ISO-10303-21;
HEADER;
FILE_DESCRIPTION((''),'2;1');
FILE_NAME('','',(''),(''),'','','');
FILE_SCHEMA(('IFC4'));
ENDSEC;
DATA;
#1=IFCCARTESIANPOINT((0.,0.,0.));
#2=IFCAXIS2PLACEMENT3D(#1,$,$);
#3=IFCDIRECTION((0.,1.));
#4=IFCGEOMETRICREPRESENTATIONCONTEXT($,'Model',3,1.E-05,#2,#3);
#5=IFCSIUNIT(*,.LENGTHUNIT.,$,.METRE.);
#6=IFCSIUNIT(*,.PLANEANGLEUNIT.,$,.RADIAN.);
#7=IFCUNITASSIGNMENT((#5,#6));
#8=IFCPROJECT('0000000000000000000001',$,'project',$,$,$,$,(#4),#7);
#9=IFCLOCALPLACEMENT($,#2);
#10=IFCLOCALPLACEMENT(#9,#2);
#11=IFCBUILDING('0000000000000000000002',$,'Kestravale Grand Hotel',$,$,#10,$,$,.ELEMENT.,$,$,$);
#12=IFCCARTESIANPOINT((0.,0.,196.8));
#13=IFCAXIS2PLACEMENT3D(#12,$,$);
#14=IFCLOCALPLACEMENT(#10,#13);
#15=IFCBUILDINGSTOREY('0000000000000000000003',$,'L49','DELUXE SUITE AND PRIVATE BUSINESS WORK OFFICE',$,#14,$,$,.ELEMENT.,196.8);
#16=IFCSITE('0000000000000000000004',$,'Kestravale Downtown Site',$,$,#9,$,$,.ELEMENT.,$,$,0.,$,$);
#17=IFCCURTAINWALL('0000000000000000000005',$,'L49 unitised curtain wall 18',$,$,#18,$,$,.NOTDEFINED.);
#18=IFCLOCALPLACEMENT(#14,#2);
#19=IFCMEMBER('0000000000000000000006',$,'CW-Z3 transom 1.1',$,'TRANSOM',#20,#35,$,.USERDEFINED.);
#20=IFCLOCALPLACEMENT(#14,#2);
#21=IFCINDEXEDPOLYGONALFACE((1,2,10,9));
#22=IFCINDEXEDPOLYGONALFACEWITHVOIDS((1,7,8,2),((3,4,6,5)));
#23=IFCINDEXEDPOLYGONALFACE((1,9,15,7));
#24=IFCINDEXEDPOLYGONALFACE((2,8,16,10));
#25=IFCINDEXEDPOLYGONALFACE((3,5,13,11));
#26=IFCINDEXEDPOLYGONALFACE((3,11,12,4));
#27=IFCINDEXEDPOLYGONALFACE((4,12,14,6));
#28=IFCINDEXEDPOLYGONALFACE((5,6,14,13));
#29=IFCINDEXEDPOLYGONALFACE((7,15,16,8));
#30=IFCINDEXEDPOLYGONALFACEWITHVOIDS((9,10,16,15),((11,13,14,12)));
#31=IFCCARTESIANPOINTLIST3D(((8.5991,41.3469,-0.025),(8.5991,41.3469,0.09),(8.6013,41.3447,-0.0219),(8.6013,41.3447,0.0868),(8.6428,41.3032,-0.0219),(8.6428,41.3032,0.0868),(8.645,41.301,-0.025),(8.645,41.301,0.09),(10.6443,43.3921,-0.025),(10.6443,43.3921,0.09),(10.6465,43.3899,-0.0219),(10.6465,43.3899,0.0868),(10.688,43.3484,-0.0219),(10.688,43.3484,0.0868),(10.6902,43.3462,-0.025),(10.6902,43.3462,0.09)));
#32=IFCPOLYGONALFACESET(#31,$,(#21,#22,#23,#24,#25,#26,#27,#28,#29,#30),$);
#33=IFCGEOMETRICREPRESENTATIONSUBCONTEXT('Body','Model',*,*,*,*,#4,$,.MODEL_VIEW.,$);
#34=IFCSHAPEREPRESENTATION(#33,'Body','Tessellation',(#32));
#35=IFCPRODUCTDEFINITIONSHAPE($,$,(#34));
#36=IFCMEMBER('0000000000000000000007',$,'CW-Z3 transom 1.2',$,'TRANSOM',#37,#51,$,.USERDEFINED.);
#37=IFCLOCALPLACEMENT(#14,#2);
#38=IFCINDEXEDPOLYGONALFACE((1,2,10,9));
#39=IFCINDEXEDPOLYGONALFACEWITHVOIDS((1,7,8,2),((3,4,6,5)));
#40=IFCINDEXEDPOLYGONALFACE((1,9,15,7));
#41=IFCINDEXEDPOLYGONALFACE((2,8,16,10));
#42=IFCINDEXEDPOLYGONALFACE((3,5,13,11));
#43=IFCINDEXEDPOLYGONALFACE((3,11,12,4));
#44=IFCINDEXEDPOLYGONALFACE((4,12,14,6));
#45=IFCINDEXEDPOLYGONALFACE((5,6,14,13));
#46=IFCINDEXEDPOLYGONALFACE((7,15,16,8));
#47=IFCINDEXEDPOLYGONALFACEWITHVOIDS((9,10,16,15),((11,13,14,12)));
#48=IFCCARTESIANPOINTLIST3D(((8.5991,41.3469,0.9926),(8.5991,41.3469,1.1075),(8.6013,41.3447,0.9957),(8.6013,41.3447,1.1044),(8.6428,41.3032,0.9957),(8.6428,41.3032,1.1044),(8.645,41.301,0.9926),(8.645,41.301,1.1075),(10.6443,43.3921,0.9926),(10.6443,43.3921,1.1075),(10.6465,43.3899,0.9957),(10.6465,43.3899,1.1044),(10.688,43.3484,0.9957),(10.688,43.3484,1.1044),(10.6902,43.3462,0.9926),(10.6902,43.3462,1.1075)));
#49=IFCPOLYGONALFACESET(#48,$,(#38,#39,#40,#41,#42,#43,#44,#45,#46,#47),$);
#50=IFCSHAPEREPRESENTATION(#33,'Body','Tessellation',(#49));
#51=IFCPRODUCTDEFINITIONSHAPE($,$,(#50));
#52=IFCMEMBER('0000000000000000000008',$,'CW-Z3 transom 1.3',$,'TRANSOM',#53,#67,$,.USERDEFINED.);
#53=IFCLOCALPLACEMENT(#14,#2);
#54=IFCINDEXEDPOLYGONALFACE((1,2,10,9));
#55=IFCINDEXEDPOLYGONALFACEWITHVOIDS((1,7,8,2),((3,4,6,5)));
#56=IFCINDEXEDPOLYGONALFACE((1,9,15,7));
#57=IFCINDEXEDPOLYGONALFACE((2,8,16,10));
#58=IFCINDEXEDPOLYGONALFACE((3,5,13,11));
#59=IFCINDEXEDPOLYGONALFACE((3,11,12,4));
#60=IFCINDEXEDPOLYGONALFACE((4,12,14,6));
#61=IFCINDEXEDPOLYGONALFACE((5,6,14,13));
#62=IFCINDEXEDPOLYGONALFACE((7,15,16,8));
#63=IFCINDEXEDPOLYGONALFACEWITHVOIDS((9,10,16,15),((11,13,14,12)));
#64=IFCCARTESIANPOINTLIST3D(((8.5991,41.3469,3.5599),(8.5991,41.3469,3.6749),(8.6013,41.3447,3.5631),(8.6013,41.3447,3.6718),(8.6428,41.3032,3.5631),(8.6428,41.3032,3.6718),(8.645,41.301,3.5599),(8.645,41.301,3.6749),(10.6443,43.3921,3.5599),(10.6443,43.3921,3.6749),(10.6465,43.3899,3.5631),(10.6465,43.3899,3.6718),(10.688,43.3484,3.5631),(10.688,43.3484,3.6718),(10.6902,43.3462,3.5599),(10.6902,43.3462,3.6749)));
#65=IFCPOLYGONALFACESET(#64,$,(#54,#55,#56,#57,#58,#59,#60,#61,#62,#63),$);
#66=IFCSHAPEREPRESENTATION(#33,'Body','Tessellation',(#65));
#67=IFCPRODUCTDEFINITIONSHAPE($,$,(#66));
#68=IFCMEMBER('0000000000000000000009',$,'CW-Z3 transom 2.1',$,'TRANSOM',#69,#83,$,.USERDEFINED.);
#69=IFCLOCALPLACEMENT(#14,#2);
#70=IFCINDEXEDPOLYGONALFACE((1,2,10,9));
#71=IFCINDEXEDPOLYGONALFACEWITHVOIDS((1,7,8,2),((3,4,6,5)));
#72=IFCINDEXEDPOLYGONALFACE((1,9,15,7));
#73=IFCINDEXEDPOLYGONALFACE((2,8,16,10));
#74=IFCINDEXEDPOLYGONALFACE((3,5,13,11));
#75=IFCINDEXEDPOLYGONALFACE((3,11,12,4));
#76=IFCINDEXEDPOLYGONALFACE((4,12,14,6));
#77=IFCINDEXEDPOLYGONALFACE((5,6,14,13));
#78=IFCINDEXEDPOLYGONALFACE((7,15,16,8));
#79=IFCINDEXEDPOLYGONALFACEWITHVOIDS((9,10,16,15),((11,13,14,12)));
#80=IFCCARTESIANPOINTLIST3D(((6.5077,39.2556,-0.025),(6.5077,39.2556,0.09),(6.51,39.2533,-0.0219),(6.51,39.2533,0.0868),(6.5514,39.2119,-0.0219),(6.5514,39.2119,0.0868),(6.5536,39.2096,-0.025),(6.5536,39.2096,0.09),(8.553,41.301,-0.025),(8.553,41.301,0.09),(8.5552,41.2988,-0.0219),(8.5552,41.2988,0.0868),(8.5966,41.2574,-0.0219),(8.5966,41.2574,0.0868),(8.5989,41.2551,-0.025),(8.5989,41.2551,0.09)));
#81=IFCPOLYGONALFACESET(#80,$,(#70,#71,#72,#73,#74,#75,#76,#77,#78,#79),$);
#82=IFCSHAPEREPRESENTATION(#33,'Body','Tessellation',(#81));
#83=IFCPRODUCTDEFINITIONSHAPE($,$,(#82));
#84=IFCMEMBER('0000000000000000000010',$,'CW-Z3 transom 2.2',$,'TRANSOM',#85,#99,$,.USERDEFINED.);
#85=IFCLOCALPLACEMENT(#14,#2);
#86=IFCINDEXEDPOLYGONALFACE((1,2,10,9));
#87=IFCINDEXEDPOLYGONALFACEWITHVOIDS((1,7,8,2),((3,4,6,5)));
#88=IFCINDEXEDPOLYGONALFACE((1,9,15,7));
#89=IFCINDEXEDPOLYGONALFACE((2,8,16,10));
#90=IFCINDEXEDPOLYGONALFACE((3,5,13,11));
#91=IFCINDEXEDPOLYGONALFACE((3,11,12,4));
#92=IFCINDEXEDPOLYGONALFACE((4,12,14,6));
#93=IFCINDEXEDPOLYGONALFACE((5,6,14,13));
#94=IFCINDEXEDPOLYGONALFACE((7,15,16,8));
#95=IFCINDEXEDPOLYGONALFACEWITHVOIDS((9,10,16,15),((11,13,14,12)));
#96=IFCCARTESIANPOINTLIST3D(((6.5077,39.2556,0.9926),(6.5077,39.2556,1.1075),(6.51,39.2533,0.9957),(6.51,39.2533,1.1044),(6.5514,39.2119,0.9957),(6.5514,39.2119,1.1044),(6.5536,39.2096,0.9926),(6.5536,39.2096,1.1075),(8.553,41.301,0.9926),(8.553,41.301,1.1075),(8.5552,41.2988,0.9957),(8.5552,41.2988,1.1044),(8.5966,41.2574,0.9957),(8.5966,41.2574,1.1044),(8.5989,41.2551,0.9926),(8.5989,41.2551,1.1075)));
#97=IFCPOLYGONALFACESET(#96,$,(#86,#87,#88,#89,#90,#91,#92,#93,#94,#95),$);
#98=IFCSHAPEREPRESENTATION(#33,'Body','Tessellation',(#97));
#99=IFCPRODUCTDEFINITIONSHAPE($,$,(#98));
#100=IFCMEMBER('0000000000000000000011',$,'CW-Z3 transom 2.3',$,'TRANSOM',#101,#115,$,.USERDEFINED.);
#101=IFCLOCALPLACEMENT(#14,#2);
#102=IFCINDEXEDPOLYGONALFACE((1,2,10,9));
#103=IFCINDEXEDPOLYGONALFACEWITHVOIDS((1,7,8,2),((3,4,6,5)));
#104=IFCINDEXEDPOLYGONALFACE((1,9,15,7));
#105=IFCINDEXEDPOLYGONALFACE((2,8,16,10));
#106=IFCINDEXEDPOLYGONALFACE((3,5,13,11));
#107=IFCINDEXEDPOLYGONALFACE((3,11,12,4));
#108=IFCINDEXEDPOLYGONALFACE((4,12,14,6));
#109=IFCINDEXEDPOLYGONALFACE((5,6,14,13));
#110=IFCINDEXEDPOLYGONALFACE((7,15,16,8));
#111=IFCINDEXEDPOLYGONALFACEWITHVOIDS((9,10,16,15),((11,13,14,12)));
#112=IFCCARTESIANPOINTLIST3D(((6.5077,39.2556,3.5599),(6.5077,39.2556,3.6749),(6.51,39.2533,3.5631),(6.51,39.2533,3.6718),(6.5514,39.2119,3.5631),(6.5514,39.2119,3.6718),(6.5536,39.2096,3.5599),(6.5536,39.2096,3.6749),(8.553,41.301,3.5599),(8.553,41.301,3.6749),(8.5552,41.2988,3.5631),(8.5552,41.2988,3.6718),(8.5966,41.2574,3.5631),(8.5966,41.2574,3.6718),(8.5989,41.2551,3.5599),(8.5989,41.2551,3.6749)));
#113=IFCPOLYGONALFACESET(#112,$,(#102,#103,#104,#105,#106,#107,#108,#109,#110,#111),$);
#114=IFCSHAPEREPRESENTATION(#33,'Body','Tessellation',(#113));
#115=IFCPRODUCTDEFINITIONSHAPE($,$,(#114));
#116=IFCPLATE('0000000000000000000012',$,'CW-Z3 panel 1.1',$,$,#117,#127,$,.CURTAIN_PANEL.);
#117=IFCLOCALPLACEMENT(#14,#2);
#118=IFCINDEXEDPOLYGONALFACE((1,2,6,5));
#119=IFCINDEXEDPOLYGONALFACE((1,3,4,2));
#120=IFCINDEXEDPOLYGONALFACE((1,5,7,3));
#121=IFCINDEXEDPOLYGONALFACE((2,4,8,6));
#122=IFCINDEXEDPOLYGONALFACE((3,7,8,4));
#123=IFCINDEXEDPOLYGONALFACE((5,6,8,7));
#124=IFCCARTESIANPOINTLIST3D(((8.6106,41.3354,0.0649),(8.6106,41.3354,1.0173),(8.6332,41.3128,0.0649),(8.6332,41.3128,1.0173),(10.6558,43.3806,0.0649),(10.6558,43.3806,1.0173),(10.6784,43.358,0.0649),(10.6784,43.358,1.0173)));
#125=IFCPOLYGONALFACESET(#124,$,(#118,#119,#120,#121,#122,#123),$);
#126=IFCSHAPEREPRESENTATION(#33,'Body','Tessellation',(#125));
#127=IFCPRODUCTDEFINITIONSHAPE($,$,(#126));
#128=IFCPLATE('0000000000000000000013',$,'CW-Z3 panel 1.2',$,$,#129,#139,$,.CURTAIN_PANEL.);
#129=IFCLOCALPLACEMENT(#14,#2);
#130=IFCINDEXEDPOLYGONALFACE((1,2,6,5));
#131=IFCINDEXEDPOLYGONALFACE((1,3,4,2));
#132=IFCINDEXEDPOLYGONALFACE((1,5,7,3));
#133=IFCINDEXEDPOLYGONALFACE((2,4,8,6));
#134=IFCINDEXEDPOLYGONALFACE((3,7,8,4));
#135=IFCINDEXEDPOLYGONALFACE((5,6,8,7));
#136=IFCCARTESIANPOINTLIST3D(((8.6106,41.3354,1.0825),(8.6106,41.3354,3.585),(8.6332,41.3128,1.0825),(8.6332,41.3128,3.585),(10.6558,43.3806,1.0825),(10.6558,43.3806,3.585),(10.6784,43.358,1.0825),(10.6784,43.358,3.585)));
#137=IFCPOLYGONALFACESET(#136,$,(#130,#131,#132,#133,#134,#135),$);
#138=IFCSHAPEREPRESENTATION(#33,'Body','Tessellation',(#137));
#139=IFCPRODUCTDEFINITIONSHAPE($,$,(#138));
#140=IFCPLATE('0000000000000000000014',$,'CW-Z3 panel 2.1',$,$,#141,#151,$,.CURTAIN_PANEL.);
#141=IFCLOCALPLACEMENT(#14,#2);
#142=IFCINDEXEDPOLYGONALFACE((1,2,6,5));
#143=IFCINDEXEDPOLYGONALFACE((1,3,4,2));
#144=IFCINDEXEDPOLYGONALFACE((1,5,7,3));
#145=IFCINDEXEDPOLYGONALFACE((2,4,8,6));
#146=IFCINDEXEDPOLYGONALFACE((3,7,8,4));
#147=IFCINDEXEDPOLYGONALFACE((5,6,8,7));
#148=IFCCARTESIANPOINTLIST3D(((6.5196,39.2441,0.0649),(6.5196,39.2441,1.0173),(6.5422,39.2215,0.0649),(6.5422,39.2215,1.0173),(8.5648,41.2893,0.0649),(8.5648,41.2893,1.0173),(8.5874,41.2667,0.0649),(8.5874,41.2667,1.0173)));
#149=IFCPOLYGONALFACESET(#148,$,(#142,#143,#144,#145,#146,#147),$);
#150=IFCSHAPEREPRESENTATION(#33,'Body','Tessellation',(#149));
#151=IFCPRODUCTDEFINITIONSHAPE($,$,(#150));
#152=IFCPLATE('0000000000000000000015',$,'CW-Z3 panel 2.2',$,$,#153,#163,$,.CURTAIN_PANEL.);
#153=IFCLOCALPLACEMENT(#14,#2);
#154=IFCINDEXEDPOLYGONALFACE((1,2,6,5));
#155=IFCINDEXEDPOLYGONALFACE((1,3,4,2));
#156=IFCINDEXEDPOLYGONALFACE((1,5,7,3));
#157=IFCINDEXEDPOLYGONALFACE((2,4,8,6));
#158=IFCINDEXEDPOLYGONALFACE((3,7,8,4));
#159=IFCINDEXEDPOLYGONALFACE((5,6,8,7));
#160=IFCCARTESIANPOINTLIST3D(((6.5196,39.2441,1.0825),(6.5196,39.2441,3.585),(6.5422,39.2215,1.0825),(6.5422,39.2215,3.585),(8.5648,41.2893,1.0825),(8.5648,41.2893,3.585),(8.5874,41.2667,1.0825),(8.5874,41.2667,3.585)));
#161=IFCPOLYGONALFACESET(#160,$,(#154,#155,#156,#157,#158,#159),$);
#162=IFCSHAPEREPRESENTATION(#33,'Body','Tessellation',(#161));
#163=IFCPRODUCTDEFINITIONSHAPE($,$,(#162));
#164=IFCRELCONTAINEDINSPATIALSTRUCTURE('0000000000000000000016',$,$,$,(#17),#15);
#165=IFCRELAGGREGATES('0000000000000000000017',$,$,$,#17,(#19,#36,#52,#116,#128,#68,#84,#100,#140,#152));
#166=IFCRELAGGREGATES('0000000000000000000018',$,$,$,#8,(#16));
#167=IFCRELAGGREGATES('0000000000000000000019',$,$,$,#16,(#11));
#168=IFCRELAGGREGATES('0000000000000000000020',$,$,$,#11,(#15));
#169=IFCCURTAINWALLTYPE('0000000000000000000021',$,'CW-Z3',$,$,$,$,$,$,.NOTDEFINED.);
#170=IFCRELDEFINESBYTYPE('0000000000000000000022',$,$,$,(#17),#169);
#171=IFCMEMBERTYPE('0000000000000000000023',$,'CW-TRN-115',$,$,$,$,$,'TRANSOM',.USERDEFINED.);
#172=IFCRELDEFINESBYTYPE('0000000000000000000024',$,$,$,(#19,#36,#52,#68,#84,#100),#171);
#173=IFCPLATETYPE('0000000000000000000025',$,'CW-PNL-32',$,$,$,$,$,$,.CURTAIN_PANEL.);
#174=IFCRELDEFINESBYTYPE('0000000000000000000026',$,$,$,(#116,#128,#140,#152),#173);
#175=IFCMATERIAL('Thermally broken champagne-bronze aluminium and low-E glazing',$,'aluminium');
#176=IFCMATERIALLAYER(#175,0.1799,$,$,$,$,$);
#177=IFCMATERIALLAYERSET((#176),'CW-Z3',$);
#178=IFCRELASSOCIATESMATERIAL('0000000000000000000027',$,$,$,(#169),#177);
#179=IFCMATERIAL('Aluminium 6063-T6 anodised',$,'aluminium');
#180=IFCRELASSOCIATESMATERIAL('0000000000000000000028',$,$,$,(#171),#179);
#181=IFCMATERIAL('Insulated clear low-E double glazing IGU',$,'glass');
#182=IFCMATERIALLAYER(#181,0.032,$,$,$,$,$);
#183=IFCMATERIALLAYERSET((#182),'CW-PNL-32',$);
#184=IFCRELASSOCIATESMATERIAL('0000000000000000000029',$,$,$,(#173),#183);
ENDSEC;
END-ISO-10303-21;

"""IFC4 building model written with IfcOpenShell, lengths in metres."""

from ifc_helpers import new_model, si_unit, direction, frame, origin, origin_2d, place, context, subcontext, project, spatial, rectangle, hollow_rectangle, extrude, material, layer, layer_set, material_profile, profile_set, type_object, element, aggregate, save


model = new_model("IFC4")

# Units and contexts
model_context = context("Model", 3, precision=1e-05, world=origin(), true_north=direction((0.0, 1.0)))
body_context = subcontext(model_context, "Body", "Model", "MODEL_VIEW")
ifc_project = project(units=[si_unit("LENGTHUNIT", "METRE"), si_unit("PLANEANGLEUNIT", "RADIAN")], contexts=[model_context])

# Site, building, storey
site_placement = place(None, origin())
site = spatial("IfcSite", under=ifc_project, at=site_placement, Name="Kestravale Downtown Site", CompositionType="ELEMENT", RefElevation=0.0)
building_placement = place(site_placement, origin())
building = spatial("IfcBuilding", under=site, at=building_placement, Name="Kestravale Grand Hotel", CompositionType="ELEMENT")
storey_placement = place(building_placement, frame((0.0, 0.0, 196.8)))
storey = spatial("IfcBuildingStorey", under=building, at=storey_placement, Name="L49", Description="DELUXE SUITE AND PRIVATE BUSINESS WORK OFFICE", CompositionType="ELEMENT", Elevation=196.8)

# Curtain wall, members, plates
ifc_material_1 = material(Name="Thermally broken champagne-bronze aluminium and low-E glazing", Category="aluminium")
ifc_layer_1 = layer(ifc_material_1, 0.1799)
ifc_layer_set_1 = layer_set([ifc_layer_1], Name="CW-Z3")
curtain_wall_type = type_object("IfcCurtainWallType", Name="CW-Z3", PredefinedType="NOTDEFINED", material=ifc_layer_set_1)
curtain_wall_placement = place(storey_placement, origin())
curtain_wall = element("IfcCurtainWall", 1, at=curtain_wall_placement, inside=storey, type_object=curtain_wall_type, Name="L49 unitised curtain wall 18", PredefinedType="NOTDEFINED")
ifc_material_2 = material(Name="Aluminium 6063-T6 anodised", Category="aluminium")
ifc_material_profile_1 = material_profile(ifc_material_2, hollow_rectangle(XDim=0.0649, YDim=0.115, WallThickness=0.0032, at=origin_2d()))
ifc_profile_set_1 = profile_set([ifc_material_profile_1], Name="Aluminium 6063-T6 anodised")
member_type_1 = type_object("IfcMemberType", Name="CW-TRN-115", ElementType="TRANSOM", PredefinedType="USERDEFINED", material=ifc_profile_set_1)
member_1_placement = place(storey_placement, frame((10.6672, 43.3691, 0.0325), z_axis=(-0.707107, -0.707107, 0.0), x_axis=(0.707107, -0.707107, 0.0)))
member_1 = element("IfcMember", 2, at=member_1_placement, type_object=member_type_1, Name="CW-Z3 transom 1.1", ObjectType="TRANSOM", PredefinedType="USERDEFINED", context=body_context, shape_type="SweptSolid", body=[
    extrude(hollow_rectangle(XDim=0.0649, YDim=0.115, WallThickness=0.0032, at=origin_2d()), origin(), (0.0, 0.0, 1.0), 2.8923),
])
member_2_placement = place(storey_placement, frame((10.6672, 43.3691, 1.05), z_axis=(-0.707107, -0.707107, 0.0), x_axis=(0.707107, -0.707107, 0.0)))
member_2 = element("IfcMember", 3, at=member_2_placement, type_object=member_type_1, Name="CW-Z3 transom 1.2", ObjectType="TRANSOM", PredefinedType="USERDEFINED", context=body_context, shape_type="SweptSolid", body=[
    extrude(hollow_rectangle(XDim=0.0649, YDim=0.115, WallThickness=0.0032, at=origin_2d()), origin(), (0.0, 0.0, 1.0), 2.8923),
])
member_3_placement = place(storey_placement, frame((10.6672, 43.3691, 3.6174), z_axis=(-0.707107, -0.707107, 0.0), x_axis=(0.707107, -0.707107, 0.0)))
member_3 = element("IfcMember", 4, at=member_3_placement, type_object=member_type_1, Name="CW-Z3 transom 1.3", ObjectType="TRANSOM", PredefinedType="USERDEFINED", context=body_context, shape_type="SweptSolid", body=[
    extrude(hollow_rectangle(XDim=0.0649, YDim=0.115, WallThickness=0.0032, at=origin_2d()), origin(), (0.0, 0.0, 1.0), 2.8923),
])
member_4_placement = place(storey_placement, frame((8.5759, 41.2781, 0.0325), z_axis=(-0.707065, -0.707149, 0.0), x_axis=(0.707149, -0.707065, 0.0)))
member_4 = element("IfcMember", 5, at=member_4_placement, type_object=member_type_1, Name="CW-Z3 transom 2.1", ObjectType="TRANSOM", PredefinedType="USERDEFINED", context=body_context, shape_type="SweptSolid", body=[
    extrude(hollow_rectangle(XDim=0.0649, YDim=0.115, WallThickness=0.0032, at=origin_2d()), origin(), (0.0, 0.0, 1.0), 2.8926),
])
member_5_placement = place(storey_placement, frame((8.5759, 41.2781, 1.05), z_axis=(-0.707065, -0.707149, 0.0), x_axis=(0.707149, -0.707065, 0.0)))
member_5 = element("IfcMember", 6, at=member_5_placement, type_object=member_type_1, Name="CW-Z3 transom 2.2", ObjectType="TRANSOM", PredefinedType="USERDEFINED", context=body_context, shape_type="SweptSolid", body=[
    extrude(hollow_rectangle(XDim=0.0649, YDim=0.115, WallThickness=0.0032, at=origin_2d()), origin(), (0.0, 0.0, 1.0), 2.8926),
])
member_6_placement = place(storey_placement, frame((8.5759, 41.2781, 3.6174), z_axis=(-0.707065, -0.707149, 0.0), x_axis=(0.707149, -0.707065, 0.0)))
member_6 = element("IfcMember", 7, at=member_6_placement, type_object=member_type_1, Name="CW-Z3 transom 2.3", ObjectType="TRANSOM", PredefinedType="USERDEFINED", context=body_context, shape_type="SweptSolid", body=[
    extrude(hollow_rectangle(XDim=0.0649, YDim=0.115, WallThickness=0.0032, at=origin_2d()), origin(), (0.0, 0.0, 1.0), 2.8926),
])
ifc_material_3 = material(Name="Insulated clear low-E double glazing IGU", Category="glass")
ifc_layer_2 = layer(ifc_material_3, 0.032)
ifc_layer_set_2 = layer_set([ifc_layer_2], Name="CW-PNL-32")
plate_type = type_object("IfcPlateType", Name="CW-PNL-32", PredefinedType="CURTAIN_PANEL", material=ifc_layer_set_2)
plate_1_placement = place(storey_placement, frame((9.6445, 42.3467, 0.0649), z_axis=(0.0, 0.0, 1.0), x_axis=(-0.707107, -0.707107, 0.0)))
plate_1 = element("IfcPlate", 8, at=plate_1_placement, type_object=plate_type, Name="CW-Z3 panel 1.1", PredefinedType="CURTAIN_PANEL", context=body_context, shape_type="SweptSolid", body=[
    extrude(rectangle(XDim=2.8923, YDim=0.032, at=origin_2d()), origin(), (0.0, 0.0, 1.0), 0.9524),
])
plate_2_placement = place(storey_placement, frame((9.6445, 42.3467, 1.0825), z_axis=(0.0, 0.0, 1.0), x_axis=(-0.707107, -0.707107, 0.0)))
plate_2 = element("IfcPlate", 9, at=plate_2_placement, type_object=plate_type, Name="CW-Z3 panel 1.2", PredefinedType="CURTAIN_PANEL", context=body_context, shape_type="SweptSolid", body=[
    extrude(rectangle(XDim=2.8923, YDim=0.032, at=origin_2d()), origin(), (0.0, 0.0, 1.0), 2.5024),
])
plate_3_placement = place(storey_placement, frame((7.5535, 40.2554, 0.0649), z_axis=(0.0, 0.0, 1.0), x_axis=(-0.707107, -0.707107, 0.0)))
plate_3 = element("IfcPlate", 10, at=plate_3_placement, type_object=plate_type, Name="CW-Z3 panel 2.1", PredefinedType="CURTAIN_PANEL", context=body_context, shape_type="SweptSolid", body=[
    extrude(rectangle(XDim=2.8923, YDim=0.032, at=origin_2d()), origin(), (0.0, 0.0, 1.0), 0.9524),
])
plate_4_placement = place(storey_placement, frame((7.5535, 40.2554, 1.0825), z_axis=(0.0, 0.0, 1.0), x_axis=(-0.707107, -0.707107, 0.0)))
plate_4 = element("IfcPlate", 11, at=plate_4_placement, type_object=plate_type, Name="CW-Z3 panel 2.2", PredefinedType="CURTAIN_PANEL", context=body_context, shape_type="SweptSolid", body=[
    extrude(rectangle(XDim=2.8923, YDim=0.032, at=origin_2d()), origin(), (0.0, 0.0, 1.0), 2.5024),
])
aggregate(curtain_wall, [member_1, member_2, member_3, plate_1, plate_2, member_4, member_5, member_6, plate_3, plate_4])

save(model, "model.ifc")
